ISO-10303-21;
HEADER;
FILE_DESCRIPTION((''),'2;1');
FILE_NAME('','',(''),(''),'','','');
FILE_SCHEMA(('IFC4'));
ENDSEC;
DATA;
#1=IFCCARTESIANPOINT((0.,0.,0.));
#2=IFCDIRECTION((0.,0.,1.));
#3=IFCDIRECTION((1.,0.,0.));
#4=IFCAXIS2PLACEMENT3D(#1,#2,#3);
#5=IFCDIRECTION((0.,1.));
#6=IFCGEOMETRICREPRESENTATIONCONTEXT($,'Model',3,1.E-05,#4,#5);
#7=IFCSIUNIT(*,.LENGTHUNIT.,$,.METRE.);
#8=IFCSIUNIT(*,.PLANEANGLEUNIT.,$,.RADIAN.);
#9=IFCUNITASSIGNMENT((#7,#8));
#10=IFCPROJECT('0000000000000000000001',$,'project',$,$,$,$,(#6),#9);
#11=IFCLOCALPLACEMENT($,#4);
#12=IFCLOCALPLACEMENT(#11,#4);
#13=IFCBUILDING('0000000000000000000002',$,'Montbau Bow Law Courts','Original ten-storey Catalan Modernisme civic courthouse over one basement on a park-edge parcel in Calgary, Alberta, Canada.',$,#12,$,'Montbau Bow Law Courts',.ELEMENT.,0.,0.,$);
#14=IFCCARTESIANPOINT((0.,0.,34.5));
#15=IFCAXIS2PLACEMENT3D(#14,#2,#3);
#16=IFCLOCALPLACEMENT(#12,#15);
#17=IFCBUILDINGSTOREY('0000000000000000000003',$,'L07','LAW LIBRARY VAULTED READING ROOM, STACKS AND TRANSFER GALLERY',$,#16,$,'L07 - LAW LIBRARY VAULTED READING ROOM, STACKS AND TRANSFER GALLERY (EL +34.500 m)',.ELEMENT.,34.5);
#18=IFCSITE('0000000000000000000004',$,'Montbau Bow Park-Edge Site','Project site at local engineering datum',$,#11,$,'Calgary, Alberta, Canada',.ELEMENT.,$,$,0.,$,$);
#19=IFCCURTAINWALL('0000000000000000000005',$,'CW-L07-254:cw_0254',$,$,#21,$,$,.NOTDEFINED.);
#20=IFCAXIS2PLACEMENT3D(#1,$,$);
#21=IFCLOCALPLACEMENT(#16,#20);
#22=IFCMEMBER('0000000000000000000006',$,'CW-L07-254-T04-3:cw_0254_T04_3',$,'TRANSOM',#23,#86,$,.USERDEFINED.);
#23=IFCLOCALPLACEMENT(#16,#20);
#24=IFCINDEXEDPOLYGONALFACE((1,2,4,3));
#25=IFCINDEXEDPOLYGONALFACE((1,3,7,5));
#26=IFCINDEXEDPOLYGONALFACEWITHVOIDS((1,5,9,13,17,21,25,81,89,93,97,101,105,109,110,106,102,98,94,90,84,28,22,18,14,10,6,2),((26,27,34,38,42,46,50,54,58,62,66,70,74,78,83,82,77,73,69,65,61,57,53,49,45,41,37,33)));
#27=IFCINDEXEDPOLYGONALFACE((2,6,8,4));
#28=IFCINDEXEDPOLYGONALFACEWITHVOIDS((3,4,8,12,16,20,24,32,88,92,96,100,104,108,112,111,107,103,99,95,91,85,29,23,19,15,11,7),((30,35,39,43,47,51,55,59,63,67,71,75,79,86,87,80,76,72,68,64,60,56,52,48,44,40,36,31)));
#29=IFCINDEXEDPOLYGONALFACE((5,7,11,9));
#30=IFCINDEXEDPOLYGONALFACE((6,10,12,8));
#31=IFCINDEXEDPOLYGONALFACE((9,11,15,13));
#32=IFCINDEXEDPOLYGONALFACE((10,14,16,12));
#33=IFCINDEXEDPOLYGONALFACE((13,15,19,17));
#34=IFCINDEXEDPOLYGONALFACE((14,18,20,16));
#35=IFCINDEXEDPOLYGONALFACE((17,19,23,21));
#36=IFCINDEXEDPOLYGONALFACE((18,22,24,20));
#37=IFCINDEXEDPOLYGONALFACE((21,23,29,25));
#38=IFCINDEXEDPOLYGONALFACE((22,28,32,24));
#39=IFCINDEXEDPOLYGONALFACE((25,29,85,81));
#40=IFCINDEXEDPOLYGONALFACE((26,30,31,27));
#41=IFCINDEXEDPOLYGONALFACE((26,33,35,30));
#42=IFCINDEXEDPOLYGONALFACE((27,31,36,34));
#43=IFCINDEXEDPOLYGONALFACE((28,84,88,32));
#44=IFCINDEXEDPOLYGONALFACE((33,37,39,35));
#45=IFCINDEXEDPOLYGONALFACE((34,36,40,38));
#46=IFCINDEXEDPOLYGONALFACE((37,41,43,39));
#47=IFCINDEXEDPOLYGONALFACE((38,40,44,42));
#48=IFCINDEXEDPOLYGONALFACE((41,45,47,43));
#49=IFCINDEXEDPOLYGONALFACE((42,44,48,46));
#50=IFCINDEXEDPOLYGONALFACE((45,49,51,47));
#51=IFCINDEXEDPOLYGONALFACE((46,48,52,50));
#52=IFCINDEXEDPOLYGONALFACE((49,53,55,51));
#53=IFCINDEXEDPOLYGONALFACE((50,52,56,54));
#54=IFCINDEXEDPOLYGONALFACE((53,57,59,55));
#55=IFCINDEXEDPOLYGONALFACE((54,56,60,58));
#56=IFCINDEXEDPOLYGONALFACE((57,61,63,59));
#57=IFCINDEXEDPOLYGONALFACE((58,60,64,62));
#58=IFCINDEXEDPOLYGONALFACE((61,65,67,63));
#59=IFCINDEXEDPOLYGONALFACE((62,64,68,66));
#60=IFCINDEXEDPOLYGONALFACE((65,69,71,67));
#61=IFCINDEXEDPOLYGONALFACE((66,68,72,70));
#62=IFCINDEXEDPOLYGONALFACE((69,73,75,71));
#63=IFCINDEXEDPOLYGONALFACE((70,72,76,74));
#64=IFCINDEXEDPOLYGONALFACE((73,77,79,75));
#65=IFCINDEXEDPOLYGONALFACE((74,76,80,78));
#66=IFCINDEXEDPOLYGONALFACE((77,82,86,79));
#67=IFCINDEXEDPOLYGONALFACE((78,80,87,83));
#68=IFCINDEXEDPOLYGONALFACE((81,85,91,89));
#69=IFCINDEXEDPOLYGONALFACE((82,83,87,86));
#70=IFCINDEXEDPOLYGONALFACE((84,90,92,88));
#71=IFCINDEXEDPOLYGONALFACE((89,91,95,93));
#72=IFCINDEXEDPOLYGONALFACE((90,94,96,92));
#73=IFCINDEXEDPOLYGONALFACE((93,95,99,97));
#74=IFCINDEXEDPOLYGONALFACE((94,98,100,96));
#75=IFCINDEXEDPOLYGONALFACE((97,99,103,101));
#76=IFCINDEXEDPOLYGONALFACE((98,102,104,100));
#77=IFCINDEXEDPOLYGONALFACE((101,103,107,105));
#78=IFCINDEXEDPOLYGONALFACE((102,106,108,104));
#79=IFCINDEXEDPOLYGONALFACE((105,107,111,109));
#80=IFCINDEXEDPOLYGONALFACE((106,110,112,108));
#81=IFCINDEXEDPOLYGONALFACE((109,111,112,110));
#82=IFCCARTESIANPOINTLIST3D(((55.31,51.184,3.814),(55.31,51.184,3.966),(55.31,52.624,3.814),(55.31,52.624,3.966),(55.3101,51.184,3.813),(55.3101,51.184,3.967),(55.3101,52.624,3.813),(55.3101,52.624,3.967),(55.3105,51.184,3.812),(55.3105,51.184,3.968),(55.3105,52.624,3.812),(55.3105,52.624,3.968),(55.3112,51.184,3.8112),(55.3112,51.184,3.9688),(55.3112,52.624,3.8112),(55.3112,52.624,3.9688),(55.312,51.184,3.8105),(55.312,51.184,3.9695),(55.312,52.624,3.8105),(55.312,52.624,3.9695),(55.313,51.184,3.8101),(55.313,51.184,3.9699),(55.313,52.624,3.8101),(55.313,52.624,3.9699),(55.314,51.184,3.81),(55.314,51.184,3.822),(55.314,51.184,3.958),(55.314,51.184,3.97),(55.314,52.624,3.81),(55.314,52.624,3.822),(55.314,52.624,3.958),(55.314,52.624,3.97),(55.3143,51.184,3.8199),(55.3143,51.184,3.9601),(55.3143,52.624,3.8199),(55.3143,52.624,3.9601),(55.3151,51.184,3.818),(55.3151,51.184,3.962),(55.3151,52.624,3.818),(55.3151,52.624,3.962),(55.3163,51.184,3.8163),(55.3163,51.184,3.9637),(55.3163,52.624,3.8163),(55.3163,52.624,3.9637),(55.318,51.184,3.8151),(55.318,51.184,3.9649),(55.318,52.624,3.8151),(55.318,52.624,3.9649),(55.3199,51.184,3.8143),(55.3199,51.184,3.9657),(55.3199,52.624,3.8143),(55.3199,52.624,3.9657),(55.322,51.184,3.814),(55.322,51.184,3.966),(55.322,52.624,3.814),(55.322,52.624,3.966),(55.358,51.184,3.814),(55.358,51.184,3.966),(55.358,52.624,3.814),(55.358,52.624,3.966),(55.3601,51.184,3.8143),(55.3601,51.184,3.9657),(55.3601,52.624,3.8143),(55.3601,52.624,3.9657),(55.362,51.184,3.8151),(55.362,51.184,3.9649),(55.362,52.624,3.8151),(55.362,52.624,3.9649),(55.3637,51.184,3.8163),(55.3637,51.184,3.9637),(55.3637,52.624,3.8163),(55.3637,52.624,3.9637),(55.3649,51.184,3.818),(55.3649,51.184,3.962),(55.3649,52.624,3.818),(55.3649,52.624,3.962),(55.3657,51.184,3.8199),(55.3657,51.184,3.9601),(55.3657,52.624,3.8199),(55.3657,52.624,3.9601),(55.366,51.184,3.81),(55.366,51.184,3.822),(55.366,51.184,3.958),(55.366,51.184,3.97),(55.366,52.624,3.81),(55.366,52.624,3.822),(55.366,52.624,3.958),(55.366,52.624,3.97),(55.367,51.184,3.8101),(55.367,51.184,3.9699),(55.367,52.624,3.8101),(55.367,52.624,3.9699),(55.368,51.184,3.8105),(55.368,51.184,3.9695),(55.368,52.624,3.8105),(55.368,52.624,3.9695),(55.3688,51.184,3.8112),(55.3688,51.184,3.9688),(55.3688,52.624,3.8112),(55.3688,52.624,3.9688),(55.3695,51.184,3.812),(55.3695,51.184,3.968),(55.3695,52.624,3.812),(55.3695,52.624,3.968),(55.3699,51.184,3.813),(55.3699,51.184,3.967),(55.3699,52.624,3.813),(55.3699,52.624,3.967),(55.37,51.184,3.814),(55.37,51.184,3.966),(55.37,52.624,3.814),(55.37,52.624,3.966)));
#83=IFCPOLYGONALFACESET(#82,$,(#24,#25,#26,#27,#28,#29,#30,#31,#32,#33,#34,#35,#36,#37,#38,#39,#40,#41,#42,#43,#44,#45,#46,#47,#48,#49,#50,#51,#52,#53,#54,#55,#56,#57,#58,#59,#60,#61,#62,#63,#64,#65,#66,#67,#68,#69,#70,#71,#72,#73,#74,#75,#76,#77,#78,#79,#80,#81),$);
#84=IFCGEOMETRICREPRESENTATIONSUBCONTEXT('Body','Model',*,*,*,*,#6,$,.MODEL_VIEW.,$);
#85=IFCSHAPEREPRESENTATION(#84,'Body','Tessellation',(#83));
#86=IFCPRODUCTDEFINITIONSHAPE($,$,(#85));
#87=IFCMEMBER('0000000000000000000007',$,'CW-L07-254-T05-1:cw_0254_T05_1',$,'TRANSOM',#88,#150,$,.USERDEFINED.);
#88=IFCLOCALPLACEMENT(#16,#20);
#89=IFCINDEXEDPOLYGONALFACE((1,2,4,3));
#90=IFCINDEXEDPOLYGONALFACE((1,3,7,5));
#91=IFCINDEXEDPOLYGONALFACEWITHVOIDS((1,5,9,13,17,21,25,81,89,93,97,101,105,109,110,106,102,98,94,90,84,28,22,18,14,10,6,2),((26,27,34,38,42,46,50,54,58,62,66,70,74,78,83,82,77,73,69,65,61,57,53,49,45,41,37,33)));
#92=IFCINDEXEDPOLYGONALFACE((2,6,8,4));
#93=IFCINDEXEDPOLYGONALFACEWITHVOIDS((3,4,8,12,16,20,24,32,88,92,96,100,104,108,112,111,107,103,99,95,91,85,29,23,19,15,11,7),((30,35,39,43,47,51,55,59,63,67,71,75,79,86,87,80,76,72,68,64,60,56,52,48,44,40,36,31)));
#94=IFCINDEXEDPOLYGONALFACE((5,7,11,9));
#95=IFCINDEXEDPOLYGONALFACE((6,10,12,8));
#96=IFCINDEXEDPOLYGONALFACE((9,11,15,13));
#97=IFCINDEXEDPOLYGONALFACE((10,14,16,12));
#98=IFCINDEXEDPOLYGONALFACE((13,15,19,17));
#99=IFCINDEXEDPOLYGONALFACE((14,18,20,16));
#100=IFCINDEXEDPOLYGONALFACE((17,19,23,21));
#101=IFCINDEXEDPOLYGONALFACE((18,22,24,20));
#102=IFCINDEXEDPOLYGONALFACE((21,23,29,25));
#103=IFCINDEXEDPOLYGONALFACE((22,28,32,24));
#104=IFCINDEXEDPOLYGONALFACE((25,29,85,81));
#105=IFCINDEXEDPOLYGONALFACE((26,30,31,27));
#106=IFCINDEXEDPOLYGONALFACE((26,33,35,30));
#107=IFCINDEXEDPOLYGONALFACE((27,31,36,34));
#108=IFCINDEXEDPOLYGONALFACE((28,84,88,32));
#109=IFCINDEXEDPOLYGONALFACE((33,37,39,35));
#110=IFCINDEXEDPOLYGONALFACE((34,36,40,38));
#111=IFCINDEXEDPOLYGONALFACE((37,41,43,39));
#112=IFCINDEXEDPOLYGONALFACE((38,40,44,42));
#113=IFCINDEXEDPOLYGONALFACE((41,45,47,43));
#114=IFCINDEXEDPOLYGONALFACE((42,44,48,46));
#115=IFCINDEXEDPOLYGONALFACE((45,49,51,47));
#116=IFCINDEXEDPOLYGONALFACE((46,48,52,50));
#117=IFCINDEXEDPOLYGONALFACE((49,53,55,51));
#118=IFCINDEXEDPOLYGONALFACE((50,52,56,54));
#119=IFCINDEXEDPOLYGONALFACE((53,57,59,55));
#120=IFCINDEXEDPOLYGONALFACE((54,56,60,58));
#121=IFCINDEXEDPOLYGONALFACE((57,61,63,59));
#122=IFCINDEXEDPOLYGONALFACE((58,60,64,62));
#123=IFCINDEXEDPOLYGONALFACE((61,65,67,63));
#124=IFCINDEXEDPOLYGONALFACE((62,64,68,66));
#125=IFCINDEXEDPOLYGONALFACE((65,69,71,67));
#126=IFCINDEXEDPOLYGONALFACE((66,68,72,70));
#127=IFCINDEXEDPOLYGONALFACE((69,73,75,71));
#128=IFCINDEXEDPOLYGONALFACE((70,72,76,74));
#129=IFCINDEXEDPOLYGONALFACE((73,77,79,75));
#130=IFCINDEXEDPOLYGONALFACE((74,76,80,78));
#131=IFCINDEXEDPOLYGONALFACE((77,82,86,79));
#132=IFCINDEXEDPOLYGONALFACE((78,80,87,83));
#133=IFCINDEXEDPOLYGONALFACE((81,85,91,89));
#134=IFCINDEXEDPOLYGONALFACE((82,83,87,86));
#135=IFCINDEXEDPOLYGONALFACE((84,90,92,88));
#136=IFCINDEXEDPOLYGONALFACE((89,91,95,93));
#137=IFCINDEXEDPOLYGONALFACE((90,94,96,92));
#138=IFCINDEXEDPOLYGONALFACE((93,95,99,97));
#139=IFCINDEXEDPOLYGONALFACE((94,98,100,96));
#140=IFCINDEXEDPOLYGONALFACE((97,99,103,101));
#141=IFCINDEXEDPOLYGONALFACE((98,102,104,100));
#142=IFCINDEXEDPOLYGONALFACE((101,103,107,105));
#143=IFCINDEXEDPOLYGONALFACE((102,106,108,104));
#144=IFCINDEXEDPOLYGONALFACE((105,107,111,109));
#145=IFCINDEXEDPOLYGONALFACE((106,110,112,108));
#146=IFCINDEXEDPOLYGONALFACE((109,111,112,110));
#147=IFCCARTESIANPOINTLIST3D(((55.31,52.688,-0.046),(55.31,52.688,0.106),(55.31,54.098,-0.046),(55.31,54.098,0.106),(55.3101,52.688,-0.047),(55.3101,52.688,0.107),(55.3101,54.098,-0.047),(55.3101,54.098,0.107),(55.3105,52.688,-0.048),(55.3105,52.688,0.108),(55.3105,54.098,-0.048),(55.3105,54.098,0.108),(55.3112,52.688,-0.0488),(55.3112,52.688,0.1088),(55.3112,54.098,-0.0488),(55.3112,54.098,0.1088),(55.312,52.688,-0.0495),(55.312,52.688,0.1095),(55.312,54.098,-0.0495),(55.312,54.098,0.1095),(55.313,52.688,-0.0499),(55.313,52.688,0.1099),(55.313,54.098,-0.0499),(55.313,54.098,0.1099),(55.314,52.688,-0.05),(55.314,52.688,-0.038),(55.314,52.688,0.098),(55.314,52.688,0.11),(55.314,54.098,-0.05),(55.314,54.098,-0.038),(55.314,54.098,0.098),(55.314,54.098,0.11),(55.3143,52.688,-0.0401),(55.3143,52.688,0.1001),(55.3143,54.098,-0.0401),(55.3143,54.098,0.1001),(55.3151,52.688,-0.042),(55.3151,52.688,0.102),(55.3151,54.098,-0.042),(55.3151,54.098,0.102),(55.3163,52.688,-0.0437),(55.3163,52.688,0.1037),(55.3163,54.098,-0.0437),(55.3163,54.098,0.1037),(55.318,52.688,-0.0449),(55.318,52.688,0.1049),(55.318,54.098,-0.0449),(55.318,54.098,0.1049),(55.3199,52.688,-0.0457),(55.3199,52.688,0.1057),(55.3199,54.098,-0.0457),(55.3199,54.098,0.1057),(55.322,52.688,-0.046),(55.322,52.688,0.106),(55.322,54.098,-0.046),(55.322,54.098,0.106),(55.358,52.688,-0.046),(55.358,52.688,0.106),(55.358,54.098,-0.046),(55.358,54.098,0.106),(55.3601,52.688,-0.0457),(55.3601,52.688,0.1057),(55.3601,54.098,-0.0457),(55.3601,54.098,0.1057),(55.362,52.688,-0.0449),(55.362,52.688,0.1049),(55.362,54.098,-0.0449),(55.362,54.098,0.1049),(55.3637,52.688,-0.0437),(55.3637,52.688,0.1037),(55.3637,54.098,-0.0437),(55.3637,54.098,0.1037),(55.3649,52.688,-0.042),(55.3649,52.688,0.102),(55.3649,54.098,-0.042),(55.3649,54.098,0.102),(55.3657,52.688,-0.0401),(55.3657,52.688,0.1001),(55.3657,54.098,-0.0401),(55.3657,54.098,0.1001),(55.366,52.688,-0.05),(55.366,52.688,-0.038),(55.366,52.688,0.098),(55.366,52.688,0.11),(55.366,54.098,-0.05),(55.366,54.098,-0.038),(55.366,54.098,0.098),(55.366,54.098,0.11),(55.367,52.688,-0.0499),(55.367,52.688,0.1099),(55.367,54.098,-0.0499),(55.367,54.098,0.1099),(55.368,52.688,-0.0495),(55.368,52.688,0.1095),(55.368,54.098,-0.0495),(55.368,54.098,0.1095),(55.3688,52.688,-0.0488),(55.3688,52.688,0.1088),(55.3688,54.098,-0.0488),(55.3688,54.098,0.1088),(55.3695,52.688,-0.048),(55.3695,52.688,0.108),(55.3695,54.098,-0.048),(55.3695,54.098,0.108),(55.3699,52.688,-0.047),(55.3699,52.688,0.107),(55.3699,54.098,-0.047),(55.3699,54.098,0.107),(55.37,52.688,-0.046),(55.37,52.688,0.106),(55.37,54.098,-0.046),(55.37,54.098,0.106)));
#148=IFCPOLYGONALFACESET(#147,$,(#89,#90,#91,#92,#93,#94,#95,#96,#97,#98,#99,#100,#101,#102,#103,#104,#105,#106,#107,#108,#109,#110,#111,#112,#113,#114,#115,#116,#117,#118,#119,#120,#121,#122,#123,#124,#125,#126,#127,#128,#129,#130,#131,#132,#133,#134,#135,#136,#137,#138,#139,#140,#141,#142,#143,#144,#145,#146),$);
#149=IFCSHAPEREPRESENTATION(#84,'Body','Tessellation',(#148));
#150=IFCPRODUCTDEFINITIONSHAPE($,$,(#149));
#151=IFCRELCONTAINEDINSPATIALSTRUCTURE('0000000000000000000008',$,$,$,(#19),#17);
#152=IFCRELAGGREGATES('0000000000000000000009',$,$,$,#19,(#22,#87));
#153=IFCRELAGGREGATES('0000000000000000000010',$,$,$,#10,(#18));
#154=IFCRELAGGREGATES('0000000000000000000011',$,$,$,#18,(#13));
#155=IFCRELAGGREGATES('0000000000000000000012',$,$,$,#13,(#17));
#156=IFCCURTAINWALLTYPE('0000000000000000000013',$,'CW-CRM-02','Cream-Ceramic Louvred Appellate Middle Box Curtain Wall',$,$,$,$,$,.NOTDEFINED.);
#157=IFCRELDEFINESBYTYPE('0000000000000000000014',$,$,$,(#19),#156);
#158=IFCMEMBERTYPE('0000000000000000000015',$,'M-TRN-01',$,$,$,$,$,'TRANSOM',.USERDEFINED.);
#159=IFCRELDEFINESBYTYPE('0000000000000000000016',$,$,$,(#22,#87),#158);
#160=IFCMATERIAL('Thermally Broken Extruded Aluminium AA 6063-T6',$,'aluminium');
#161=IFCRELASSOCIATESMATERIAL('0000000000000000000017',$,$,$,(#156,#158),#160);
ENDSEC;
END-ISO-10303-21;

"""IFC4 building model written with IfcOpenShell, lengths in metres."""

from ifc_helpers import new_model, si_unit, direction, frame, origin_with_axes, origin_2d_with_axis, place, context, subcontext, project, spatial, hollow_rectangle, extrude, material, material_profile, profile_set, type_object, element, aggregate, save


model = new_model("IFC4")

# Units and contexts
model_context = context("Model", 3, precision=1e-05, world=origin_with_axes(), true_north=direction((0.0, 1.0)))
body_context = subcontext(model_context, "Body", "Model", "MODEL_VIEW")
ifc_project = project(units=[si_unit("LENGTHUNIT", "METRE"), si_unit("PLANEANGLEUNIT", "RADIAN")], contexts=[model_context])

# Site, building, storey
site_placement = place(None, origin_with_axes())
site = spatial("IfcSite", under=ifc_project, at=site_placement, Name="Montbau Bow Park-Edge Site", Description="Project site at local engineering datum", LongName="Calgary, Alberta, Canada", CompositionType="ELEMENT", RefElevation=0.0)
building_placement = place(site_placement, origin_with_axes())
building = spatial("IfcBuilding", under=site, at=building_placement, Name="Montbau Bow Law Courts", Description="Original ten-storey Catalan Modernisme civic courthouse over one basement on a park-edge parcel in Calgary, Alberta, Canada.", LongName="Montbau Bow Law Courts", CompositionType="ELEMENT", ElevationOfRefHeight=0.0, ElevationOfTerrain=0.0)
storey_placement = place(building_placement, frame((0.0, 0.0, 34.5), z_axis=(0.0, 0.0, 1.0), x_axis=(1.0, 0.0, 0.0)))
storey = spatial("IfcBuildingStorey", under=building, at=storey_placement, Name="L07", Description="LAW LIBRARY VAULTED READING ROOM, STACKS AND TRANSFER GALLERY", LongName="L07 - LAW LIBRARY VAULTED READING ROOM, STACKS AND TRANSFER GALLERY (EL +34.500 m)", CompositionType="ELEMENT", Elevation=34.5)

# Curtain wall, members
ifc_material_1 = material(Name="Thermally Broken Extruded Aluminium AA 6063-T6", Category="aluminium")
curtain_wall_type = type_object("IfcCurtainWallType", Name="CW-CRM-02", Description="Cream-Ceramic Louvred Appellate Middle Box Curtain Wall", PredefinedType="NOTDEFINED", material=ifc_material_1)
curtain_wall_1_placement = place(None, frame((55.34, 46.64, 34.5), z_axis=(0.0, 0.0, 1.0), x_axis=(1.0, 0.0, 0.0)))
curtain_wall_1 = element("IfcCurtainWall", 1, at=curtain_wall_1_placement, inside=storey, type_object=curtain_wall_type, Name="CW-L07-254:cw_0254", PredefinedType="NOTDEFINED")
ifc_material_profile_1 = material_profile(ifc_material_1, hollow_rectangle(XDim=0.06, YDim=0.16, WallThickness=0.004, InnerFilletRadius=0.008, OuterFilletRadius=0.004, at=origin_2d_with_axis()), Name="CWT-160X60", Category="Main", Priority=0)
ifc_profile_set_1 = profile_set([ifc_material_profile_1], Name="Thermally Broken Extruded Aluminium AA 6063-T6")
member_type_1 = type_object("IfcMemberType", Name="M-TRN-01", ElementType="TRANSOM", PredefinedType="USERDEFINED", material=ifc_profile_set_1)
member_1_placement = place(None, frame((55.34, 51.184, 38.39), z_axis=(0.0, 1.0, 0.0), x_axis=(-1.0, 0.0, 0.0)))
member_1 = element("IfcMember", 2, at=member_1_placement, type_object=member_type_1, Name="CW-L07-254-T04-3:cw_0254_T04_3", ObjectType="TRANSOM", PredefinedType="USERDEFINED", context=body_context, shape_type="SweptSolid", body=[
    extrude(hollow_rectangle(XDim=0.06, YDim=0.16, WallThickness=0.004, InnerFilletRadius=0.008, OuterFilletRadius=0.004, at=origin_2d_with_axis()), origin_with_axes(), (0.0, 0.0, 1.0), 1.44),
])
member_2_placement = place(None, frame((55.34, 52.688, 34.53), z_axis=(0.0, 1.0, 0.0), x_axis=(-1.0, 0.0, 0.0)))
member_2 = element("IfcMember", 3, at=member_2_placement, type_object=member_type_1, Name="CW-L07-254-T05-1:cw_0254_T05_1", ObjectType="TRANSOM", PredefinedType="USERDEFINED", context=body_context, shape_type="SweptSolid", body=[
    extrude(hollow_rectangle(XDim=0.06, YDim=0.16, WallThickness=0.004, InnerFilletRadius=0.008, OuterFilletRadius=0.004, at=origin_2d_with_axis()), origin_with_axes(), (0.0, 0.0, 1.0), 1.41),
])

aggregate(curtain_wall_1, [member_1, member_2])

save(model, "model.ifc")
